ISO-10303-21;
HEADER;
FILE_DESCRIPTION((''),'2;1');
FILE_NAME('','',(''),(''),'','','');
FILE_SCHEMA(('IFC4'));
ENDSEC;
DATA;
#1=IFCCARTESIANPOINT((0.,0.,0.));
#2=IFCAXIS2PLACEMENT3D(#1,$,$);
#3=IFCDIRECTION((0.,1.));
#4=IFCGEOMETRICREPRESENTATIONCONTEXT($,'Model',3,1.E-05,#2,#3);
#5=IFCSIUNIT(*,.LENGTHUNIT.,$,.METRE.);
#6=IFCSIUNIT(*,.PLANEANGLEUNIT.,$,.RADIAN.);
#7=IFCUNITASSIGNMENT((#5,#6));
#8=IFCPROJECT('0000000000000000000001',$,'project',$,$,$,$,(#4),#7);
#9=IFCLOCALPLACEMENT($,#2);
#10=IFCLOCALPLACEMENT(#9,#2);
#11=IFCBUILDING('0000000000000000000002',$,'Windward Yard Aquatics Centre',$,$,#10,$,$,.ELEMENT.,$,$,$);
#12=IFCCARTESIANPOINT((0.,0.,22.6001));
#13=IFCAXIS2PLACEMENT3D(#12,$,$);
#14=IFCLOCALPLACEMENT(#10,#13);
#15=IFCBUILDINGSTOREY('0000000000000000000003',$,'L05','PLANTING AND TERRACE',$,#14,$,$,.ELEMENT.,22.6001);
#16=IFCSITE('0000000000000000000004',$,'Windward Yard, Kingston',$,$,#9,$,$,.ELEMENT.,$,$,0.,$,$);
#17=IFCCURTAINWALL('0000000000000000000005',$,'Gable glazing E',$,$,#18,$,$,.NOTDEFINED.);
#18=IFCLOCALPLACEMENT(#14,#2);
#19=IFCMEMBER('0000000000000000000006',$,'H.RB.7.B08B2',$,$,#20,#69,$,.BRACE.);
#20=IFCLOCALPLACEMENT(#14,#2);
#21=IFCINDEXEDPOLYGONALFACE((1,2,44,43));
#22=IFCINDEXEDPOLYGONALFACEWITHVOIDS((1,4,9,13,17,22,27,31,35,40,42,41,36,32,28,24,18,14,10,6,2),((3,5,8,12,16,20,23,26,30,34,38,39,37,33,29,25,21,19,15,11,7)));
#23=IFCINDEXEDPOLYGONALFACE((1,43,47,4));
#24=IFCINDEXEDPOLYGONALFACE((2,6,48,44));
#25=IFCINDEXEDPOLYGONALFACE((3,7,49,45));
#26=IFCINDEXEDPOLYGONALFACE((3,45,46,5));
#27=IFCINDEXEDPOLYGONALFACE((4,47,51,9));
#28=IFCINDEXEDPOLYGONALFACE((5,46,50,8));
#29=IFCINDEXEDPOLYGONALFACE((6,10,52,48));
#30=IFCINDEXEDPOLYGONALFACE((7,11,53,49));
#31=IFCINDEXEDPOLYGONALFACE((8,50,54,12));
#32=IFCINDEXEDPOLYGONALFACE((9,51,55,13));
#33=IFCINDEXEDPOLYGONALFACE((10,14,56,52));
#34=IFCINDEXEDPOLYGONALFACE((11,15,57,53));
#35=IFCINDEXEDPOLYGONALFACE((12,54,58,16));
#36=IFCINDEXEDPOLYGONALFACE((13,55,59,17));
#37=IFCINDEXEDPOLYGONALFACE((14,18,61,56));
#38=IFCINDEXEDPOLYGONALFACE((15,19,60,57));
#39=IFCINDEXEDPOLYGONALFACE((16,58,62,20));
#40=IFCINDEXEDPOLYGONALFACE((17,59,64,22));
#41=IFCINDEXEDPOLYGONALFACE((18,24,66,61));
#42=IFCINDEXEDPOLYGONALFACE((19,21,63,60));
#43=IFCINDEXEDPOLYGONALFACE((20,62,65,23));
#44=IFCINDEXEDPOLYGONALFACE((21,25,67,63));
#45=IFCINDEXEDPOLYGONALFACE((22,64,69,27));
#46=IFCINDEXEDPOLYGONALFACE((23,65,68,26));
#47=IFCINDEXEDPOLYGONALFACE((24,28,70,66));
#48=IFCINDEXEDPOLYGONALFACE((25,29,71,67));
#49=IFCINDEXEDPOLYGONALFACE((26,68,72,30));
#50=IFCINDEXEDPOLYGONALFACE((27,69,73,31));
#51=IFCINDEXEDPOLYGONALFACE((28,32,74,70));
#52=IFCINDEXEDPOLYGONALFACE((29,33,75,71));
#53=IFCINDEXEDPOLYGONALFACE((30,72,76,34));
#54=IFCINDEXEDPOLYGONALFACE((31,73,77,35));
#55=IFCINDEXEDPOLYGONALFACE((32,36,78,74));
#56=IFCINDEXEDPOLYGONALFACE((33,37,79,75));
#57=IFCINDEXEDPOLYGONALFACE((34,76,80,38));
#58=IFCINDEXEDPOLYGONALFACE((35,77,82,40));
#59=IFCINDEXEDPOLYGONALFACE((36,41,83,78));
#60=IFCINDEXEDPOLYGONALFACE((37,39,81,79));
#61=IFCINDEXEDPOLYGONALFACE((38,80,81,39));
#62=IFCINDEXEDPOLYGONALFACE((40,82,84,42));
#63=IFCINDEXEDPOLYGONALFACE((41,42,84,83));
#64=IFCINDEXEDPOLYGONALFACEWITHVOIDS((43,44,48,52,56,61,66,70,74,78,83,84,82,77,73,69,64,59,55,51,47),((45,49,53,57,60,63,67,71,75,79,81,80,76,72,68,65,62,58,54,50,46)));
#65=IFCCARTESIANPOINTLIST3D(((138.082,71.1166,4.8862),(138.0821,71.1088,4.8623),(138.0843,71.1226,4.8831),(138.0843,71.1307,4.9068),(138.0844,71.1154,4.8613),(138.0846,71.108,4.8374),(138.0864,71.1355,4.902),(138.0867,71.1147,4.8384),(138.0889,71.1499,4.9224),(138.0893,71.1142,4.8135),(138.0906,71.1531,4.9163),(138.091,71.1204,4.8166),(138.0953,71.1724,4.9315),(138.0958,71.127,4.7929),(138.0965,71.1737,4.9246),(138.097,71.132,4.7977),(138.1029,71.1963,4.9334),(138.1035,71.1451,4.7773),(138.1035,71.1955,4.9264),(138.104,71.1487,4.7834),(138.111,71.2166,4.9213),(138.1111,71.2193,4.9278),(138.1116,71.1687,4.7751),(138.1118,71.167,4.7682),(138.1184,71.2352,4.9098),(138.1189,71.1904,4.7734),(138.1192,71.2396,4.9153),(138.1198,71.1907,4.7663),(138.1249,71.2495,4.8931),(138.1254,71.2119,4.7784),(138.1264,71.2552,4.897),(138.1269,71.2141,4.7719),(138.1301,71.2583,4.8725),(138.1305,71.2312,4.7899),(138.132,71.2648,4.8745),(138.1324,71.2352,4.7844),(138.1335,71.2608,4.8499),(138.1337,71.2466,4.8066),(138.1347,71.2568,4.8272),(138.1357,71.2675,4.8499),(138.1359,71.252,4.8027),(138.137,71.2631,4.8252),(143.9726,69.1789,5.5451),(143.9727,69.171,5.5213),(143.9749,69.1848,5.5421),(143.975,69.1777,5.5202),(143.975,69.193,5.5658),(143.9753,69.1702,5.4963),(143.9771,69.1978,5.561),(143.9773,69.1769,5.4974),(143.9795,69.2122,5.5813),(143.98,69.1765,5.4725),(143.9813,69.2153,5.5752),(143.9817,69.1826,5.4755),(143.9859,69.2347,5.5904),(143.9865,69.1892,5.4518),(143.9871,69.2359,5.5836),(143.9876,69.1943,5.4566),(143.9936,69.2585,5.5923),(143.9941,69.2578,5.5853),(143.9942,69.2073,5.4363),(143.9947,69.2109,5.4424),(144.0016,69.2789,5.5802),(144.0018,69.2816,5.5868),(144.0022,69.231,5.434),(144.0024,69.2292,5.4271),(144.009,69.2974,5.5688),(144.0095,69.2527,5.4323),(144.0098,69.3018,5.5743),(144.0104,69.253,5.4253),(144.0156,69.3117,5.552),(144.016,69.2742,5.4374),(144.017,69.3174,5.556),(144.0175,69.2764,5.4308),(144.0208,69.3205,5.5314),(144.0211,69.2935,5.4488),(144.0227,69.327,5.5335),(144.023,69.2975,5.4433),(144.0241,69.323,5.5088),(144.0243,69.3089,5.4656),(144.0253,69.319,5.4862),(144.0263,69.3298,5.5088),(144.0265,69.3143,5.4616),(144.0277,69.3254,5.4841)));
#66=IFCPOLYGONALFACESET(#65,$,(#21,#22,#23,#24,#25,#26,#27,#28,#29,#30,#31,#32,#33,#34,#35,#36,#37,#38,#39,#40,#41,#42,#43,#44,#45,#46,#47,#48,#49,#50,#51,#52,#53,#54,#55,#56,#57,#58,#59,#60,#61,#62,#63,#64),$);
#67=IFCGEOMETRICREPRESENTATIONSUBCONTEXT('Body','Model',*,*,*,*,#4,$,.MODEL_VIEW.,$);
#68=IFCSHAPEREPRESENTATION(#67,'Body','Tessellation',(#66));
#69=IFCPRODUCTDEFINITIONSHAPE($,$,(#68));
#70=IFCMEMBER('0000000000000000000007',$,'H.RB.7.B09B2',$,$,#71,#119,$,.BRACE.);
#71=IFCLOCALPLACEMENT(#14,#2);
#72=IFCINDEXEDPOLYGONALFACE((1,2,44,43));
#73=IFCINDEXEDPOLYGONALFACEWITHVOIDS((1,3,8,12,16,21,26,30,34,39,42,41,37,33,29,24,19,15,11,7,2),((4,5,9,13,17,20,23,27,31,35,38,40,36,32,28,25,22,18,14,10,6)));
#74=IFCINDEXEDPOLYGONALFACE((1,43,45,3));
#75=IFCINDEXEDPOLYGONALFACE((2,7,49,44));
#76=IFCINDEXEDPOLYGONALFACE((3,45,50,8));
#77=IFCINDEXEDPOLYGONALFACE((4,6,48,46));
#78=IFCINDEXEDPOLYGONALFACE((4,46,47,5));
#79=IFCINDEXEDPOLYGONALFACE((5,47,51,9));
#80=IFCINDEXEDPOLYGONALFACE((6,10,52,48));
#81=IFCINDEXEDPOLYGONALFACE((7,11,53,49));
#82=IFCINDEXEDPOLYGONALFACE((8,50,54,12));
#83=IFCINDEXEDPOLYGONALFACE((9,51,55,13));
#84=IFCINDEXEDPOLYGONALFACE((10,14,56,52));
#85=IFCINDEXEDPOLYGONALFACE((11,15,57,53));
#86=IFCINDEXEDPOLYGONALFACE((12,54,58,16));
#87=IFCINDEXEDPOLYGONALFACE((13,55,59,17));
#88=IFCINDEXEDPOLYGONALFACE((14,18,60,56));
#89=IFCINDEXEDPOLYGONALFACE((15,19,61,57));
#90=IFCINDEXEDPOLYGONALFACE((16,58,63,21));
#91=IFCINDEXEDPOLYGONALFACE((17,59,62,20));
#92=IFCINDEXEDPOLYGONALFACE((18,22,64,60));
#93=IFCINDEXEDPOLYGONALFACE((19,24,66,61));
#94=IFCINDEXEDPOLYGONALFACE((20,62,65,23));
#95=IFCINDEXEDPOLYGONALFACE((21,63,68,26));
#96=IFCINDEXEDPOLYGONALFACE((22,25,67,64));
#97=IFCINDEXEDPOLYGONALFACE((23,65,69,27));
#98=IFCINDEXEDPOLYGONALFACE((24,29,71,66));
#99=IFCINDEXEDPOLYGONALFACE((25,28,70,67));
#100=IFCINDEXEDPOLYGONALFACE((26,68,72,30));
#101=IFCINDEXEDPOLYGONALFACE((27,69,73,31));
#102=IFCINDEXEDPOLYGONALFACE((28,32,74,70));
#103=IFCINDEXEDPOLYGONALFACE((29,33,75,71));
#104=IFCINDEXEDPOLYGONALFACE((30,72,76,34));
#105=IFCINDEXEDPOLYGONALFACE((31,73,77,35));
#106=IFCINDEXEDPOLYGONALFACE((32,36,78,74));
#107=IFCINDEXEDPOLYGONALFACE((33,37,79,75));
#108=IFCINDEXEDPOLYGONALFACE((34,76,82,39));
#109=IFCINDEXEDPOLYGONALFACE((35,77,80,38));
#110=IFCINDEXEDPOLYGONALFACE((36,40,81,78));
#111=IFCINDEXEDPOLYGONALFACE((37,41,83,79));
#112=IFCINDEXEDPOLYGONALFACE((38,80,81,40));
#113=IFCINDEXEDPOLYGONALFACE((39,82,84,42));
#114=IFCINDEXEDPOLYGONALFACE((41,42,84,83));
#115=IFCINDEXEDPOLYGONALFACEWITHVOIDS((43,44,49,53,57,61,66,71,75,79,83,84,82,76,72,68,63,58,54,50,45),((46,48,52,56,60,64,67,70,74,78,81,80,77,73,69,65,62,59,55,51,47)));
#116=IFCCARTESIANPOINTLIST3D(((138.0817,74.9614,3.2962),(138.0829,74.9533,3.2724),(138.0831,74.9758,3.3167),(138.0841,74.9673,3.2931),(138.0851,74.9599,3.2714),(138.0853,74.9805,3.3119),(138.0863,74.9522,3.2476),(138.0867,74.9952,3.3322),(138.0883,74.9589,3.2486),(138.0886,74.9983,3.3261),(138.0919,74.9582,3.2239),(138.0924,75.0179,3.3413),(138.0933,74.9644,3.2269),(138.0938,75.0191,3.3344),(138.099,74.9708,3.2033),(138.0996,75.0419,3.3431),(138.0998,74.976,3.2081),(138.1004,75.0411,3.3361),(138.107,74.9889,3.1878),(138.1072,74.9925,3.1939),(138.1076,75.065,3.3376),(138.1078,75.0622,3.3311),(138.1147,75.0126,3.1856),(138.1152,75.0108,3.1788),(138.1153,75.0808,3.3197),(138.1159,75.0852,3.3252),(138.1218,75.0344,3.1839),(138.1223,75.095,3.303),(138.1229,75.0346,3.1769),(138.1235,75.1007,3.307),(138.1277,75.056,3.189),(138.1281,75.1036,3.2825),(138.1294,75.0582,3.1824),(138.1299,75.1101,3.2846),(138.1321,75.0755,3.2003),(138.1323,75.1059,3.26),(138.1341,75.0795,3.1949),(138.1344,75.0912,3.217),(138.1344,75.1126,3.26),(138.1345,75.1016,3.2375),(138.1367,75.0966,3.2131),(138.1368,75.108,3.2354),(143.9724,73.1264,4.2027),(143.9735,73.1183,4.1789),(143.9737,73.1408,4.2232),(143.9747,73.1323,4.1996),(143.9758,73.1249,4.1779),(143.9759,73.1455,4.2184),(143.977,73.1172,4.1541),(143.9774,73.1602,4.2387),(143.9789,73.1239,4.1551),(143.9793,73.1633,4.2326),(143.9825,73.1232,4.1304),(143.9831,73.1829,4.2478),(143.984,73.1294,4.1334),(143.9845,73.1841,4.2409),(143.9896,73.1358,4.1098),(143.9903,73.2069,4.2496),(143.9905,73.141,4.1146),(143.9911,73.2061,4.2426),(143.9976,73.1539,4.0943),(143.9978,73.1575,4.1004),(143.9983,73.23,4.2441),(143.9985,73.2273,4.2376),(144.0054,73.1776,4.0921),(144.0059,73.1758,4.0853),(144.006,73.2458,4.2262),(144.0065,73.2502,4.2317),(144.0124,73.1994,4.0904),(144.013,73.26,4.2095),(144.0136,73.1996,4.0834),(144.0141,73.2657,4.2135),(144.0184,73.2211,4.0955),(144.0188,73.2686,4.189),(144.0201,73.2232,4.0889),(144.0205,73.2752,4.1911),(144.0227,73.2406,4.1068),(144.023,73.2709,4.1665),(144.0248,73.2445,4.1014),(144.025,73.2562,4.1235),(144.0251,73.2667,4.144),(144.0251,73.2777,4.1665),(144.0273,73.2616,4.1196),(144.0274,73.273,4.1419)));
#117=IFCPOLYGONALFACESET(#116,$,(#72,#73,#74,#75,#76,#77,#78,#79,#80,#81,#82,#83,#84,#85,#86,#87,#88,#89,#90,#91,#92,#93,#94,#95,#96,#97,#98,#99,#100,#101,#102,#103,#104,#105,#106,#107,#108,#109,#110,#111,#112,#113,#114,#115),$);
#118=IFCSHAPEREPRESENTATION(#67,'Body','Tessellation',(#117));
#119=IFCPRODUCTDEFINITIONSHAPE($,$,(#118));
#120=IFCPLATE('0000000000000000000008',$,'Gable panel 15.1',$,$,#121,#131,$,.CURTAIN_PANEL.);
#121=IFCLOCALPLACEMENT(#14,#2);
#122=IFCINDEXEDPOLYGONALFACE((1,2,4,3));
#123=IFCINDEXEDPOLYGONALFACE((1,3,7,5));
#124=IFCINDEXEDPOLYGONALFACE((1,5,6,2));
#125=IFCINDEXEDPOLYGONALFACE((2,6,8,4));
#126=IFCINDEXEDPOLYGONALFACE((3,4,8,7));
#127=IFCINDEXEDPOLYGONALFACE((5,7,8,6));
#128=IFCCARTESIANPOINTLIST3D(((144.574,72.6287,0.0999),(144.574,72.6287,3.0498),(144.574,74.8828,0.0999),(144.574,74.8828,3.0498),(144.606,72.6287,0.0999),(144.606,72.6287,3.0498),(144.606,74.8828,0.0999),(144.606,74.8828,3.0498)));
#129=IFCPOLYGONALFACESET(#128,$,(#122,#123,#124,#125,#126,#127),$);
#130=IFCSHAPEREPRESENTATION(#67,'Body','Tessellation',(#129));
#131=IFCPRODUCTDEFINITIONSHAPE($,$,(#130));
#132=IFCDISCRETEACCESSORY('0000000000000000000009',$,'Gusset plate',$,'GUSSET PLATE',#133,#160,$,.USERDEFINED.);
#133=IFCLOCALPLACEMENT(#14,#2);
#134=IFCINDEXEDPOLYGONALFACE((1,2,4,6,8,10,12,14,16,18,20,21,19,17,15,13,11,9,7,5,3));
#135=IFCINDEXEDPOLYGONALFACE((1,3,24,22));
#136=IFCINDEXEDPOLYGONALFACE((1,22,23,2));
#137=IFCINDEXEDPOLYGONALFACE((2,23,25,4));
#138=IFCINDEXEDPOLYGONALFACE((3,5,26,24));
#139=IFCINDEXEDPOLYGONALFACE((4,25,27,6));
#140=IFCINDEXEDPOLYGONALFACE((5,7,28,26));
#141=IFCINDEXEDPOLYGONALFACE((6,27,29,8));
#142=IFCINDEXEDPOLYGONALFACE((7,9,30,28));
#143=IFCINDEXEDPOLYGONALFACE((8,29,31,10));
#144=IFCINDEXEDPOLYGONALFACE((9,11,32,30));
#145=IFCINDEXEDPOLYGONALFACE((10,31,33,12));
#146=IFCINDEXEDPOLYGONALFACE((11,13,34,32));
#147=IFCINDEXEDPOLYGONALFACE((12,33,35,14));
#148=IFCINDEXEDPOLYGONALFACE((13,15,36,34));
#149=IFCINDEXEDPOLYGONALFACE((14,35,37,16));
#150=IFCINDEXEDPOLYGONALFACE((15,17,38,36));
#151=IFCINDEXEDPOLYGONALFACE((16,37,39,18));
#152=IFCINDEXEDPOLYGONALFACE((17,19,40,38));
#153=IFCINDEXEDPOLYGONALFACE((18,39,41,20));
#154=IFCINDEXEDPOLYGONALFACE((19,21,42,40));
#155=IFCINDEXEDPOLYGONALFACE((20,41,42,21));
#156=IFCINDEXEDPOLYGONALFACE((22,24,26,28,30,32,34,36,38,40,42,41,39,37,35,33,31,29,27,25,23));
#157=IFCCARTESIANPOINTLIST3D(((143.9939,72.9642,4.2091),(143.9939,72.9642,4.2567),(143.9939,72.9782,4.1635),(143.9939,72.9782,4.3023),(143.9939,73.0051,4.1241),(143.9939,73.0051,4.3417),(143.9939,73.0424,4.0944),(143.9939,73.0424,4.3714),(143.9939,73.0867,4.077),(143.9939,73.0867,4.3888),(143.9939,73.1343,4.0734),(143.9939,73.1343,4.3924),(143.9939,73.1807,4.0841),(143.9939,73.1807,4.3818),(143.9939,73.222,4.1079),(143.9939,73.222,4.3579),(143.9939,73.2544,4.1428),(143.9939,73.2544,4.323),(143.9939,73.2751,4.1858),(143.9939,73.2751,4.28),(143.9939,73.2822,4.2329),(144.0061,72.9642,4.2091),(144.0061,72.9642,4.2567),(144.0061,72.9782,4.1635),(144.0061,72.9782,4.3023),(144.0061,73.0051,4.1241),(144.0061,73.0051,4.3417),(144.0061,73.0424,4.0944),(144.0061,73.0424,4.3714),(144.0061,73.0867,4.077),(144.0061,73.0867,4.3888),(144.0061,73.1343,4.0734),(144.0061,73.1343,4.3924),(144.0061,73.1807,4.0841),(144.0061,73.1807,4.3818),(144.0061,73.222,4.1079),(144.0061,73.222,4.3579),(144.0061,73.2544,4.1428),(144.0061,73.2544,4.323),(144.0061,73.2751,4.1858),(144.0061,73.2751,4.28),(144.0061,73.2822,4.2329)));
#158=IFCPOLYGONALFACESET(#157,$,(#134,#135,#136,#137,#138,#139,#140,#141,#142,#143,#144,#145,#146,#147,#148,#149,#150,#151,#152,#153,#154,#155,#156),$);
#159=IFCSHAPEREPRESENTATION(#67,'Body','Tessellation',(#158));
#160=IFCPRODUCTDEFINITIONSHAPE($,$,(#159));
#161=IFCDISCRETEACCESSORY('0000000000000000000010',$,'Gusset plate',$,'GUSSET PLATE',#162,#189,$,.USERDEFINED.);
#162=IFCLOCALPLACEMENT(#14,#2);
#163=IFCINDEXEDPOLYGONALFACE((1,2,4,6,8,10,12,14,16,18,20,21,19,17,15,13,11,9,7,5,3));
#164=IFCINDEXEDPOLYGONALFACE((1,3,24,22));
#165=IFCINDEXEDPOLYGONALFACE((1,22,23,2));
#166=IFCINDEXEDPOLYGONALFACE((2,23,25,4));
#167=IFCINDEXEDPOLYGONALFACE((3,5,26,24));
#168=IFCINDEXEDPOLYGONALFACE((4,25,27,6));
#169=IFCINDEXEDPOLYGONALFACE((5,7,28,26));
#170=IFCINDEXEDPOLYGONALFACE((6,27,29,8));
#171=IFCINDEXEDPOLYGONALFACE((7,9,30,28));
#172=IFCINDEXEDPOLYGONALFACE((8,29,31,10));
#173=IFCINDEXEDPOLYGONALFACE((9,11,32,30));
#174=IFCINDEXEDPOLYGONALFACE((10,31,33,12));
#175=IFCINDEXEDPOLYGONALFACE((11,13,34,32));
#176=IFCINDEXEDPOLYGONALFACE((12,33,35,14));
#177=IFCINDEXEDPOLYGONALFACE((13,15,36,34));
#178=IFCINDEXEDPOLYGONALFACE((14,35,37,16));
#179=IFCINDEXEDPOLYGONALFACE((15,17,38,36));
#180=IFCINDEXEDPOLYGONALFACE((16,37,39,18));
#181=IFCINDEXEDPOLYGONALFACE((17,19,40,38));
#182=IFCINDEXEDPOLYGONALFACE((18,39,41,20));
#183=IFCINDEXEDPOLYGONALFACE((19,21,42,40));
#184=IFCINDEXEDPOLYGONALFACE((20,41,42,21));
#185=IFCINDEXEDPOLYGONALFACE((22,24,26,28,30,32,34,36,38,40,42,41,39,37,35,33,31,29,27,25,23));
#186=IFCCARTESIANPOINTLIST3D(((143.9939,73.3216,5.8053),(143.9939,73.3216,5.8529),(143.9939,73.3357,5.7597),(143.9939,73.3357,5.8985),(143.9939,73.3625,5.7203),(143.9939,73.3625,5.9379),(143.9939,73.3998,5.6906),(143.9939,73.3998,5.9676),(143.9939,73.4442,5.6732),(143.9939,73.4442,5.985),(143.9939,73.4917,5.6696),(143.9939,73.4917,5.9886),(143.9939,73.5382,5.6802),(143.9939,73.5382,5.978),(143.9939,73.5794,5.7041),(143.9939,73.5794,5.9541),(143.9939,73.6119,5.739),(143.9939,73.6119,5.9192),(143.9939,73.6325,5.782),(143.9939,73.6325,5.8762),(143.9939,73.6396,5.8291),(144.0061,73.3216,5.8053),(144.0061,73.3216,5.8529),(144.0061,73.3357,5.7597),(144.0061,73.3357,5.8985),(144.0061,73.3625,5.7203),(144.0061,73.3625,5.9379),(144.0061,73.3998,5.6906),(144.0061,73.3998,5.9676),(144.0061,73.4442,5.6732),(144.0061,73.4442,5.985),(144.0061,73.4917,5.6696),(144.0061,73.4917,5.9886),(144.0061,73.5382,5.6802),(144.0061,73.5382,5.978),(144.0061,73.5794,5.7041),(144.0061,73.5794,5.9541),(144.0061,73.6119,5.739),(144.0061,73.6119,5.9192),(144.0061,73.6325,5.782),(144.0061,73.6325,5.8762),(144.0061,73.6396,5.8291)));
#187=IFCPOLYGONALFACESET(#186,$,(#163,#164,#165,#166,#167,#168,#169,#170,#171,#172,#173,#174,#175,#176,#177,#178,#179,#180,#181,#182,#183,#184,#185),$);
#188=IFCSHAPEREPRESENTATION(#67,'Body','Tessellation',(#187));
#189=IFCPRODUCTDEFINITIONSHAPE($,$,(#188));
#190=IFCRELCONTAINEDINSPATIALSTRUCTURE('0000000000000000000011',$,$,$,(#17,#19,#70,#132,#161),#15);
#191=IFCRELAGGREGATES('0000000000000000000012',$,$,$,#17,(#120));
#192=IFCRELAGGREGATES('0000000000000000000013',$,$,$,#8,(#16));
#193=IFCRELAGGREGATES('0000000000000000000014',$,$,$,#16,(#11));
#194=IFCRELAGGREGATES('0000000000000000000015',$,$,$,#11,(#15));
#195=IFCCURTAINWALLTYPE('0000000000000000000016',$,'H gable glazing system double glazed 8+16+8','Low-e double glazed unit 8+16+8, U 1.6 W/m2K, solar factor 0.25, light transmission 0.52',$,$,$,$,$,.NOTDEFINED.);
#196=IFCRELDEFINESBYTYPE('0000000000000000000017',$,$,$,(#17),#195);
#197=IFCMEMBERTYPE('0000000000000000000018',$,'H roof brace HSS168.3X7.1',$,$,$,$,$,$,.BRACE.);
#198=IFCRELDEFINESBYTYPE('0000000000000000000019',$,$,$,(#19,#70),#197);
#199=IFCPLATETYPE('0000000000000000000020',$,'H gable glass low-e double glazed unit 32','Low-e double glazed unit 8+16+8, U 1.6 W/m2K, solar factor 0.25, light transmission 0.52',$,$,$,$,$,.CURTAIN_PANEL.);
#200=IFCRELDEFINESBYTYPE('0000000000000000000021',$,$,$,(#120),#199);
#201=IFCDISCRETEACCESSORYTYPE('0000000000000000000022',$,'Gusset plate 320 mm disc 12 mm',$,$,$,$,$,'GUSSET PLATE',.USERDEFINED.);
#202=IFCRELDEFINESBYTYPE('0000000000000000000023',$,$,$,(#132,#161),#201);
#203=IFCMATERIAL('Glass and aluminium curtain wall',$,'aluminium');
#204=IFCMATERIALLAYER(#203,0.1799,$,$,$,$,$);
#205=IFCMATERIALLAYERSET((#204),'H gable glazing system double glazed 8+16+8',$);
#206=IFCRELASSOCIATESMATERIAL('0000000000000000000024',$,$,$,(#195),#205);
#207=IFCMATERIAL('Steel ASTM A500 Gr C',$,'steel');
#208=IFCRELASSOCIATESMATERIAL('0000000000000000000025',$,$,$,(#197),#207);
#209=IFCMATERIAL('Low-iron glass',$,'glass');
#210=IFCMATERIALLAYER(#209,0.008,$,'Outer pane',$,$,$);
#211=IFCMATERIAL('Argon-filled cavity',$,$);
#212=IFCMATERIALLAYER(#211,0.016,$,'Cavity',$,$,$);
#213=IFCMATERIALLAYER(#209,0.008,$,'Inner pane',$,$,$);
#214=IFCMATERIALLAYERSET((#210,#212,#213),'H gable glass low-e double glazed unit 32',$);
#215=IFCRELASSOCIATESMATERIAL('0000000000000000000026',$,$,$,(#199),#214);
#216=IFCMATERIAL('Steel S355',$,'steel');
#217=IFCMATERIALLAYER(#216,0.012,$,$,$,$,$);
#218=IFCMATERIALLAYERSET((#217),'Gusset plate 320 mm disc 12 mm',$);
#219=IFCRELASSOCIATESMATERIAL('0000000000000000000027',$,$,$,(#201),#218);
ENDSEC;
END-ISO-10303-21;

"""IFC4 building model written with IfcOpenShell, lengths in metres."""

from ifc_helpers import new_model, si_unit, direction, frame, origin, origin_2d, place, context, subcontext, project, spatial, polyline, circle, hollow_circle, outline, extrude, material, layer, layer_set, material_profile, profile_set, type_object, element, aggregate, save


model = new_model("IFC4")

# Units and contexts
model_context = context("Model", 3, precision=1e-05, world=origin(), true_north=direction((0.0, 1.0)))
body_context = subcontext(model_context, "Body", "Model", "MODEL_VIEW")
ifc_project = project(units=[si_unit("LENGTHUNIT", "METRE"), si_unit("PLANEANGLEUNIT", "RADIAN")], contexts=[model_context])

# Site, building, storey
site_placement = place(None, origin())
site = spatial("IfcSite", under=ifc_project, at=site_placement, Name="Windward Yard, Kingston", CompositionType="ELEMENT", RefElevation=0.0)
building_placement = place(site_placement, origin())
building = spatial("IfcBuilding", under=site, at=building_placement, Name="Windward Yard Aquatics Centre", CompositionType="ELEMENT")
storey_placement = place(building_placement, frame((0.0, 0.0, 22.6001)))
storey = spatial("IfcBuildingStorey", under=building, at=storey_placement, Name="L05", Description="PLANTING AND TERRACE", CompositionType="ELEMENT", Elevation=22.6001)

# Curtain wall
ifc_material_1 = material(Name="Glass and aluminium curtain wall", Category="aluminium")
ifc_layer_1 = layer(ifc_material_1, 0.1799)
ifc_layer_set_1 = layer_set([ifc_layer_1], Name="H gable glazing system double glazed 8+16+8")
curtain_wall_type = type_object("IfcCurtainWallType", Name="H gable glazing system double glazed 8+16+8", Description="Low-e double glazed unit 8+16+8, U 1.6 W/m2K, solar factor 0.25, light transmission 0.52", PredefinedType="NOTDEFINED", material=ifc_layer_set_1)
curtain_wall_placement = place(storey_placement, origin())
curtain_wall = element("IfcCurtainWall", 1, at=curtain_wall_placement, inside=storey, type_object=curtain_wall_type, Name="Gable glazing E", PredefinedType="NOTDEFINED")

# Members
ifc_material_2 = material(Name="Steel ASTM A500 Gr C", Category="steel")
ifc_material_profile_1 = material_profile(ifc_material_2, hollow_circle(Radius=0.0842, WallThickness=0.0071, at=origin_2d()), Name="HSS168.3X7.1")
ifc_profile_set_1 = profile_set([ifc_material_profile_1], Name="Steel ASTM A500 Gr C")
member_type_1 = type_object("IfcMemberType", Name="H roof brace HSS168.3X7.1", PredefinedType="BRACE", material=ifc_profile_set_1)
for number, where, z_axis, x_axis, name in (
    (2, (138.1094, 71.1875, 4.8499), (0.944606, -0.310732, 0.105665), (0.312481, 0.949924, 0.0), "H.RB.7.B08B2"),
    (3, (138.1094, 75.0322, 3.26), (0.944609, -0.294251, 0.145364), (0.29741, 0.95475, 0.0), "H.RB.7.B09B2"),
):
    element("IfcMember", number, at=place(storey_placement, frame(where, z_axis=z_axis, x_axis=x_axis)), inside=storey, type_object=member_type_1, Name=name, PredefinedType="BRACE", context=body_context, shape_type="SweptSolid", body=[
        extrude(hollow_circle(Radius=0.0842, WallThickness=0.0071, at=origin_2d()), origin(), (0.0, 0.0, 1.0), 6.2361),
    ])

# Plate
ifc_material_3 = material(Name="Low-iron glass", Category="glass")
ifc_layer_2 = layer(ifc_material_3, 0.008, Name="Outer pane")
ifc_material_4 = material(Name="Argon-filled cavity")
ifc_layer_3 = layer(ifc_material_4, 0.016, Name="Cavity")
ifc_layer_4 = layer(ifc_material_3, 0.008, Name="Inner pane")
ifc_layer_set_2 = layer_set([ifc_layer_2, ifc_layer_3, ifc_layer_4], Name="H gable glass low-e double glazed unit 32")
plate_type = type_object("IfcPlateType", Name="H gable glass low-e double glazed unit 32", Description="Low-e double glazed unit 8+16+8, U 1.6 W/m2K, solar factor 0.25, light transmission 0.52", PredefinedType="CURTAIN_PANEL", material=ifc_layer_set_2)
plate_placement = place(storey_placement, frame((144.574, 72.6287, 0.0999), z_axis=(-1.0, 0.0, 0.0), x_axis=(0.0, 0.0, 1.0)))
plate = element("IfcPlate", 4, at=plate_placement, type_object=plate_type, Name="Gable panel 15.1", PredefinedType="CURTAIN_PANEL", context=body_context, shape_type="SweptSolid", body=[
    extrude(outline(polyline([(0.0, 0.0), (2.95, 0.0), (2.95, 2.2542), (0.0, 2.2542), (0.0, 0.0)])), origin(), (0.0, 0.0, -1.0), 0.032),
])

# Discrete accessories
ifc_material_5 = material(Name="Steel S355", Category="steel")
ifc_layer_5 = layer(ifc_material_5, 0.012)
ifc_layer_set_3 = layer_set([ifc_layer_5], Name="Gusset plate 320 mm disc 12 mm")
discrete_accessory_type = type_object("IfcDiscreteAccessoryType", Name="Gusset plate 320 mm disc 12 mm", ElementType="GUSSET PLATE", PredefinedType="USERDEFINED", material=ifc_layer_set_3)
for number, where, z_axis, x_axis, name in (
    (5, (143.9939, 73.1223, 4.2329), (1.0, 0.0, 0.0), (0.0, 1.0, 0.0), "Gusset plate"),
    (6, (143.9939, 73.4797, 5.8291), (1.0, 0.0, 0.0), (0.0, 1.0, 0.0), "Gusset plate"),
):
    element("IfcDiscreteAccessory", number, at=place(storey_placement, frame(where, z_axis=z_axis, x_axis=x_axis)), inside=storey, type_object=discrete_accessory_type, Name=name, ObjectType="GUSSET PLATE", PredefinedType="USERDEFINED", context=body_context, shape_type="SweptSolid", body=[
        extrude(circle(Radius=0.1599, at=origin_2d()), origin(), (0.0, 0.0, 1.0), 0.0122),
    ])

aggregate(curtain_wall, [plate])

save(model, "model.ifc")
